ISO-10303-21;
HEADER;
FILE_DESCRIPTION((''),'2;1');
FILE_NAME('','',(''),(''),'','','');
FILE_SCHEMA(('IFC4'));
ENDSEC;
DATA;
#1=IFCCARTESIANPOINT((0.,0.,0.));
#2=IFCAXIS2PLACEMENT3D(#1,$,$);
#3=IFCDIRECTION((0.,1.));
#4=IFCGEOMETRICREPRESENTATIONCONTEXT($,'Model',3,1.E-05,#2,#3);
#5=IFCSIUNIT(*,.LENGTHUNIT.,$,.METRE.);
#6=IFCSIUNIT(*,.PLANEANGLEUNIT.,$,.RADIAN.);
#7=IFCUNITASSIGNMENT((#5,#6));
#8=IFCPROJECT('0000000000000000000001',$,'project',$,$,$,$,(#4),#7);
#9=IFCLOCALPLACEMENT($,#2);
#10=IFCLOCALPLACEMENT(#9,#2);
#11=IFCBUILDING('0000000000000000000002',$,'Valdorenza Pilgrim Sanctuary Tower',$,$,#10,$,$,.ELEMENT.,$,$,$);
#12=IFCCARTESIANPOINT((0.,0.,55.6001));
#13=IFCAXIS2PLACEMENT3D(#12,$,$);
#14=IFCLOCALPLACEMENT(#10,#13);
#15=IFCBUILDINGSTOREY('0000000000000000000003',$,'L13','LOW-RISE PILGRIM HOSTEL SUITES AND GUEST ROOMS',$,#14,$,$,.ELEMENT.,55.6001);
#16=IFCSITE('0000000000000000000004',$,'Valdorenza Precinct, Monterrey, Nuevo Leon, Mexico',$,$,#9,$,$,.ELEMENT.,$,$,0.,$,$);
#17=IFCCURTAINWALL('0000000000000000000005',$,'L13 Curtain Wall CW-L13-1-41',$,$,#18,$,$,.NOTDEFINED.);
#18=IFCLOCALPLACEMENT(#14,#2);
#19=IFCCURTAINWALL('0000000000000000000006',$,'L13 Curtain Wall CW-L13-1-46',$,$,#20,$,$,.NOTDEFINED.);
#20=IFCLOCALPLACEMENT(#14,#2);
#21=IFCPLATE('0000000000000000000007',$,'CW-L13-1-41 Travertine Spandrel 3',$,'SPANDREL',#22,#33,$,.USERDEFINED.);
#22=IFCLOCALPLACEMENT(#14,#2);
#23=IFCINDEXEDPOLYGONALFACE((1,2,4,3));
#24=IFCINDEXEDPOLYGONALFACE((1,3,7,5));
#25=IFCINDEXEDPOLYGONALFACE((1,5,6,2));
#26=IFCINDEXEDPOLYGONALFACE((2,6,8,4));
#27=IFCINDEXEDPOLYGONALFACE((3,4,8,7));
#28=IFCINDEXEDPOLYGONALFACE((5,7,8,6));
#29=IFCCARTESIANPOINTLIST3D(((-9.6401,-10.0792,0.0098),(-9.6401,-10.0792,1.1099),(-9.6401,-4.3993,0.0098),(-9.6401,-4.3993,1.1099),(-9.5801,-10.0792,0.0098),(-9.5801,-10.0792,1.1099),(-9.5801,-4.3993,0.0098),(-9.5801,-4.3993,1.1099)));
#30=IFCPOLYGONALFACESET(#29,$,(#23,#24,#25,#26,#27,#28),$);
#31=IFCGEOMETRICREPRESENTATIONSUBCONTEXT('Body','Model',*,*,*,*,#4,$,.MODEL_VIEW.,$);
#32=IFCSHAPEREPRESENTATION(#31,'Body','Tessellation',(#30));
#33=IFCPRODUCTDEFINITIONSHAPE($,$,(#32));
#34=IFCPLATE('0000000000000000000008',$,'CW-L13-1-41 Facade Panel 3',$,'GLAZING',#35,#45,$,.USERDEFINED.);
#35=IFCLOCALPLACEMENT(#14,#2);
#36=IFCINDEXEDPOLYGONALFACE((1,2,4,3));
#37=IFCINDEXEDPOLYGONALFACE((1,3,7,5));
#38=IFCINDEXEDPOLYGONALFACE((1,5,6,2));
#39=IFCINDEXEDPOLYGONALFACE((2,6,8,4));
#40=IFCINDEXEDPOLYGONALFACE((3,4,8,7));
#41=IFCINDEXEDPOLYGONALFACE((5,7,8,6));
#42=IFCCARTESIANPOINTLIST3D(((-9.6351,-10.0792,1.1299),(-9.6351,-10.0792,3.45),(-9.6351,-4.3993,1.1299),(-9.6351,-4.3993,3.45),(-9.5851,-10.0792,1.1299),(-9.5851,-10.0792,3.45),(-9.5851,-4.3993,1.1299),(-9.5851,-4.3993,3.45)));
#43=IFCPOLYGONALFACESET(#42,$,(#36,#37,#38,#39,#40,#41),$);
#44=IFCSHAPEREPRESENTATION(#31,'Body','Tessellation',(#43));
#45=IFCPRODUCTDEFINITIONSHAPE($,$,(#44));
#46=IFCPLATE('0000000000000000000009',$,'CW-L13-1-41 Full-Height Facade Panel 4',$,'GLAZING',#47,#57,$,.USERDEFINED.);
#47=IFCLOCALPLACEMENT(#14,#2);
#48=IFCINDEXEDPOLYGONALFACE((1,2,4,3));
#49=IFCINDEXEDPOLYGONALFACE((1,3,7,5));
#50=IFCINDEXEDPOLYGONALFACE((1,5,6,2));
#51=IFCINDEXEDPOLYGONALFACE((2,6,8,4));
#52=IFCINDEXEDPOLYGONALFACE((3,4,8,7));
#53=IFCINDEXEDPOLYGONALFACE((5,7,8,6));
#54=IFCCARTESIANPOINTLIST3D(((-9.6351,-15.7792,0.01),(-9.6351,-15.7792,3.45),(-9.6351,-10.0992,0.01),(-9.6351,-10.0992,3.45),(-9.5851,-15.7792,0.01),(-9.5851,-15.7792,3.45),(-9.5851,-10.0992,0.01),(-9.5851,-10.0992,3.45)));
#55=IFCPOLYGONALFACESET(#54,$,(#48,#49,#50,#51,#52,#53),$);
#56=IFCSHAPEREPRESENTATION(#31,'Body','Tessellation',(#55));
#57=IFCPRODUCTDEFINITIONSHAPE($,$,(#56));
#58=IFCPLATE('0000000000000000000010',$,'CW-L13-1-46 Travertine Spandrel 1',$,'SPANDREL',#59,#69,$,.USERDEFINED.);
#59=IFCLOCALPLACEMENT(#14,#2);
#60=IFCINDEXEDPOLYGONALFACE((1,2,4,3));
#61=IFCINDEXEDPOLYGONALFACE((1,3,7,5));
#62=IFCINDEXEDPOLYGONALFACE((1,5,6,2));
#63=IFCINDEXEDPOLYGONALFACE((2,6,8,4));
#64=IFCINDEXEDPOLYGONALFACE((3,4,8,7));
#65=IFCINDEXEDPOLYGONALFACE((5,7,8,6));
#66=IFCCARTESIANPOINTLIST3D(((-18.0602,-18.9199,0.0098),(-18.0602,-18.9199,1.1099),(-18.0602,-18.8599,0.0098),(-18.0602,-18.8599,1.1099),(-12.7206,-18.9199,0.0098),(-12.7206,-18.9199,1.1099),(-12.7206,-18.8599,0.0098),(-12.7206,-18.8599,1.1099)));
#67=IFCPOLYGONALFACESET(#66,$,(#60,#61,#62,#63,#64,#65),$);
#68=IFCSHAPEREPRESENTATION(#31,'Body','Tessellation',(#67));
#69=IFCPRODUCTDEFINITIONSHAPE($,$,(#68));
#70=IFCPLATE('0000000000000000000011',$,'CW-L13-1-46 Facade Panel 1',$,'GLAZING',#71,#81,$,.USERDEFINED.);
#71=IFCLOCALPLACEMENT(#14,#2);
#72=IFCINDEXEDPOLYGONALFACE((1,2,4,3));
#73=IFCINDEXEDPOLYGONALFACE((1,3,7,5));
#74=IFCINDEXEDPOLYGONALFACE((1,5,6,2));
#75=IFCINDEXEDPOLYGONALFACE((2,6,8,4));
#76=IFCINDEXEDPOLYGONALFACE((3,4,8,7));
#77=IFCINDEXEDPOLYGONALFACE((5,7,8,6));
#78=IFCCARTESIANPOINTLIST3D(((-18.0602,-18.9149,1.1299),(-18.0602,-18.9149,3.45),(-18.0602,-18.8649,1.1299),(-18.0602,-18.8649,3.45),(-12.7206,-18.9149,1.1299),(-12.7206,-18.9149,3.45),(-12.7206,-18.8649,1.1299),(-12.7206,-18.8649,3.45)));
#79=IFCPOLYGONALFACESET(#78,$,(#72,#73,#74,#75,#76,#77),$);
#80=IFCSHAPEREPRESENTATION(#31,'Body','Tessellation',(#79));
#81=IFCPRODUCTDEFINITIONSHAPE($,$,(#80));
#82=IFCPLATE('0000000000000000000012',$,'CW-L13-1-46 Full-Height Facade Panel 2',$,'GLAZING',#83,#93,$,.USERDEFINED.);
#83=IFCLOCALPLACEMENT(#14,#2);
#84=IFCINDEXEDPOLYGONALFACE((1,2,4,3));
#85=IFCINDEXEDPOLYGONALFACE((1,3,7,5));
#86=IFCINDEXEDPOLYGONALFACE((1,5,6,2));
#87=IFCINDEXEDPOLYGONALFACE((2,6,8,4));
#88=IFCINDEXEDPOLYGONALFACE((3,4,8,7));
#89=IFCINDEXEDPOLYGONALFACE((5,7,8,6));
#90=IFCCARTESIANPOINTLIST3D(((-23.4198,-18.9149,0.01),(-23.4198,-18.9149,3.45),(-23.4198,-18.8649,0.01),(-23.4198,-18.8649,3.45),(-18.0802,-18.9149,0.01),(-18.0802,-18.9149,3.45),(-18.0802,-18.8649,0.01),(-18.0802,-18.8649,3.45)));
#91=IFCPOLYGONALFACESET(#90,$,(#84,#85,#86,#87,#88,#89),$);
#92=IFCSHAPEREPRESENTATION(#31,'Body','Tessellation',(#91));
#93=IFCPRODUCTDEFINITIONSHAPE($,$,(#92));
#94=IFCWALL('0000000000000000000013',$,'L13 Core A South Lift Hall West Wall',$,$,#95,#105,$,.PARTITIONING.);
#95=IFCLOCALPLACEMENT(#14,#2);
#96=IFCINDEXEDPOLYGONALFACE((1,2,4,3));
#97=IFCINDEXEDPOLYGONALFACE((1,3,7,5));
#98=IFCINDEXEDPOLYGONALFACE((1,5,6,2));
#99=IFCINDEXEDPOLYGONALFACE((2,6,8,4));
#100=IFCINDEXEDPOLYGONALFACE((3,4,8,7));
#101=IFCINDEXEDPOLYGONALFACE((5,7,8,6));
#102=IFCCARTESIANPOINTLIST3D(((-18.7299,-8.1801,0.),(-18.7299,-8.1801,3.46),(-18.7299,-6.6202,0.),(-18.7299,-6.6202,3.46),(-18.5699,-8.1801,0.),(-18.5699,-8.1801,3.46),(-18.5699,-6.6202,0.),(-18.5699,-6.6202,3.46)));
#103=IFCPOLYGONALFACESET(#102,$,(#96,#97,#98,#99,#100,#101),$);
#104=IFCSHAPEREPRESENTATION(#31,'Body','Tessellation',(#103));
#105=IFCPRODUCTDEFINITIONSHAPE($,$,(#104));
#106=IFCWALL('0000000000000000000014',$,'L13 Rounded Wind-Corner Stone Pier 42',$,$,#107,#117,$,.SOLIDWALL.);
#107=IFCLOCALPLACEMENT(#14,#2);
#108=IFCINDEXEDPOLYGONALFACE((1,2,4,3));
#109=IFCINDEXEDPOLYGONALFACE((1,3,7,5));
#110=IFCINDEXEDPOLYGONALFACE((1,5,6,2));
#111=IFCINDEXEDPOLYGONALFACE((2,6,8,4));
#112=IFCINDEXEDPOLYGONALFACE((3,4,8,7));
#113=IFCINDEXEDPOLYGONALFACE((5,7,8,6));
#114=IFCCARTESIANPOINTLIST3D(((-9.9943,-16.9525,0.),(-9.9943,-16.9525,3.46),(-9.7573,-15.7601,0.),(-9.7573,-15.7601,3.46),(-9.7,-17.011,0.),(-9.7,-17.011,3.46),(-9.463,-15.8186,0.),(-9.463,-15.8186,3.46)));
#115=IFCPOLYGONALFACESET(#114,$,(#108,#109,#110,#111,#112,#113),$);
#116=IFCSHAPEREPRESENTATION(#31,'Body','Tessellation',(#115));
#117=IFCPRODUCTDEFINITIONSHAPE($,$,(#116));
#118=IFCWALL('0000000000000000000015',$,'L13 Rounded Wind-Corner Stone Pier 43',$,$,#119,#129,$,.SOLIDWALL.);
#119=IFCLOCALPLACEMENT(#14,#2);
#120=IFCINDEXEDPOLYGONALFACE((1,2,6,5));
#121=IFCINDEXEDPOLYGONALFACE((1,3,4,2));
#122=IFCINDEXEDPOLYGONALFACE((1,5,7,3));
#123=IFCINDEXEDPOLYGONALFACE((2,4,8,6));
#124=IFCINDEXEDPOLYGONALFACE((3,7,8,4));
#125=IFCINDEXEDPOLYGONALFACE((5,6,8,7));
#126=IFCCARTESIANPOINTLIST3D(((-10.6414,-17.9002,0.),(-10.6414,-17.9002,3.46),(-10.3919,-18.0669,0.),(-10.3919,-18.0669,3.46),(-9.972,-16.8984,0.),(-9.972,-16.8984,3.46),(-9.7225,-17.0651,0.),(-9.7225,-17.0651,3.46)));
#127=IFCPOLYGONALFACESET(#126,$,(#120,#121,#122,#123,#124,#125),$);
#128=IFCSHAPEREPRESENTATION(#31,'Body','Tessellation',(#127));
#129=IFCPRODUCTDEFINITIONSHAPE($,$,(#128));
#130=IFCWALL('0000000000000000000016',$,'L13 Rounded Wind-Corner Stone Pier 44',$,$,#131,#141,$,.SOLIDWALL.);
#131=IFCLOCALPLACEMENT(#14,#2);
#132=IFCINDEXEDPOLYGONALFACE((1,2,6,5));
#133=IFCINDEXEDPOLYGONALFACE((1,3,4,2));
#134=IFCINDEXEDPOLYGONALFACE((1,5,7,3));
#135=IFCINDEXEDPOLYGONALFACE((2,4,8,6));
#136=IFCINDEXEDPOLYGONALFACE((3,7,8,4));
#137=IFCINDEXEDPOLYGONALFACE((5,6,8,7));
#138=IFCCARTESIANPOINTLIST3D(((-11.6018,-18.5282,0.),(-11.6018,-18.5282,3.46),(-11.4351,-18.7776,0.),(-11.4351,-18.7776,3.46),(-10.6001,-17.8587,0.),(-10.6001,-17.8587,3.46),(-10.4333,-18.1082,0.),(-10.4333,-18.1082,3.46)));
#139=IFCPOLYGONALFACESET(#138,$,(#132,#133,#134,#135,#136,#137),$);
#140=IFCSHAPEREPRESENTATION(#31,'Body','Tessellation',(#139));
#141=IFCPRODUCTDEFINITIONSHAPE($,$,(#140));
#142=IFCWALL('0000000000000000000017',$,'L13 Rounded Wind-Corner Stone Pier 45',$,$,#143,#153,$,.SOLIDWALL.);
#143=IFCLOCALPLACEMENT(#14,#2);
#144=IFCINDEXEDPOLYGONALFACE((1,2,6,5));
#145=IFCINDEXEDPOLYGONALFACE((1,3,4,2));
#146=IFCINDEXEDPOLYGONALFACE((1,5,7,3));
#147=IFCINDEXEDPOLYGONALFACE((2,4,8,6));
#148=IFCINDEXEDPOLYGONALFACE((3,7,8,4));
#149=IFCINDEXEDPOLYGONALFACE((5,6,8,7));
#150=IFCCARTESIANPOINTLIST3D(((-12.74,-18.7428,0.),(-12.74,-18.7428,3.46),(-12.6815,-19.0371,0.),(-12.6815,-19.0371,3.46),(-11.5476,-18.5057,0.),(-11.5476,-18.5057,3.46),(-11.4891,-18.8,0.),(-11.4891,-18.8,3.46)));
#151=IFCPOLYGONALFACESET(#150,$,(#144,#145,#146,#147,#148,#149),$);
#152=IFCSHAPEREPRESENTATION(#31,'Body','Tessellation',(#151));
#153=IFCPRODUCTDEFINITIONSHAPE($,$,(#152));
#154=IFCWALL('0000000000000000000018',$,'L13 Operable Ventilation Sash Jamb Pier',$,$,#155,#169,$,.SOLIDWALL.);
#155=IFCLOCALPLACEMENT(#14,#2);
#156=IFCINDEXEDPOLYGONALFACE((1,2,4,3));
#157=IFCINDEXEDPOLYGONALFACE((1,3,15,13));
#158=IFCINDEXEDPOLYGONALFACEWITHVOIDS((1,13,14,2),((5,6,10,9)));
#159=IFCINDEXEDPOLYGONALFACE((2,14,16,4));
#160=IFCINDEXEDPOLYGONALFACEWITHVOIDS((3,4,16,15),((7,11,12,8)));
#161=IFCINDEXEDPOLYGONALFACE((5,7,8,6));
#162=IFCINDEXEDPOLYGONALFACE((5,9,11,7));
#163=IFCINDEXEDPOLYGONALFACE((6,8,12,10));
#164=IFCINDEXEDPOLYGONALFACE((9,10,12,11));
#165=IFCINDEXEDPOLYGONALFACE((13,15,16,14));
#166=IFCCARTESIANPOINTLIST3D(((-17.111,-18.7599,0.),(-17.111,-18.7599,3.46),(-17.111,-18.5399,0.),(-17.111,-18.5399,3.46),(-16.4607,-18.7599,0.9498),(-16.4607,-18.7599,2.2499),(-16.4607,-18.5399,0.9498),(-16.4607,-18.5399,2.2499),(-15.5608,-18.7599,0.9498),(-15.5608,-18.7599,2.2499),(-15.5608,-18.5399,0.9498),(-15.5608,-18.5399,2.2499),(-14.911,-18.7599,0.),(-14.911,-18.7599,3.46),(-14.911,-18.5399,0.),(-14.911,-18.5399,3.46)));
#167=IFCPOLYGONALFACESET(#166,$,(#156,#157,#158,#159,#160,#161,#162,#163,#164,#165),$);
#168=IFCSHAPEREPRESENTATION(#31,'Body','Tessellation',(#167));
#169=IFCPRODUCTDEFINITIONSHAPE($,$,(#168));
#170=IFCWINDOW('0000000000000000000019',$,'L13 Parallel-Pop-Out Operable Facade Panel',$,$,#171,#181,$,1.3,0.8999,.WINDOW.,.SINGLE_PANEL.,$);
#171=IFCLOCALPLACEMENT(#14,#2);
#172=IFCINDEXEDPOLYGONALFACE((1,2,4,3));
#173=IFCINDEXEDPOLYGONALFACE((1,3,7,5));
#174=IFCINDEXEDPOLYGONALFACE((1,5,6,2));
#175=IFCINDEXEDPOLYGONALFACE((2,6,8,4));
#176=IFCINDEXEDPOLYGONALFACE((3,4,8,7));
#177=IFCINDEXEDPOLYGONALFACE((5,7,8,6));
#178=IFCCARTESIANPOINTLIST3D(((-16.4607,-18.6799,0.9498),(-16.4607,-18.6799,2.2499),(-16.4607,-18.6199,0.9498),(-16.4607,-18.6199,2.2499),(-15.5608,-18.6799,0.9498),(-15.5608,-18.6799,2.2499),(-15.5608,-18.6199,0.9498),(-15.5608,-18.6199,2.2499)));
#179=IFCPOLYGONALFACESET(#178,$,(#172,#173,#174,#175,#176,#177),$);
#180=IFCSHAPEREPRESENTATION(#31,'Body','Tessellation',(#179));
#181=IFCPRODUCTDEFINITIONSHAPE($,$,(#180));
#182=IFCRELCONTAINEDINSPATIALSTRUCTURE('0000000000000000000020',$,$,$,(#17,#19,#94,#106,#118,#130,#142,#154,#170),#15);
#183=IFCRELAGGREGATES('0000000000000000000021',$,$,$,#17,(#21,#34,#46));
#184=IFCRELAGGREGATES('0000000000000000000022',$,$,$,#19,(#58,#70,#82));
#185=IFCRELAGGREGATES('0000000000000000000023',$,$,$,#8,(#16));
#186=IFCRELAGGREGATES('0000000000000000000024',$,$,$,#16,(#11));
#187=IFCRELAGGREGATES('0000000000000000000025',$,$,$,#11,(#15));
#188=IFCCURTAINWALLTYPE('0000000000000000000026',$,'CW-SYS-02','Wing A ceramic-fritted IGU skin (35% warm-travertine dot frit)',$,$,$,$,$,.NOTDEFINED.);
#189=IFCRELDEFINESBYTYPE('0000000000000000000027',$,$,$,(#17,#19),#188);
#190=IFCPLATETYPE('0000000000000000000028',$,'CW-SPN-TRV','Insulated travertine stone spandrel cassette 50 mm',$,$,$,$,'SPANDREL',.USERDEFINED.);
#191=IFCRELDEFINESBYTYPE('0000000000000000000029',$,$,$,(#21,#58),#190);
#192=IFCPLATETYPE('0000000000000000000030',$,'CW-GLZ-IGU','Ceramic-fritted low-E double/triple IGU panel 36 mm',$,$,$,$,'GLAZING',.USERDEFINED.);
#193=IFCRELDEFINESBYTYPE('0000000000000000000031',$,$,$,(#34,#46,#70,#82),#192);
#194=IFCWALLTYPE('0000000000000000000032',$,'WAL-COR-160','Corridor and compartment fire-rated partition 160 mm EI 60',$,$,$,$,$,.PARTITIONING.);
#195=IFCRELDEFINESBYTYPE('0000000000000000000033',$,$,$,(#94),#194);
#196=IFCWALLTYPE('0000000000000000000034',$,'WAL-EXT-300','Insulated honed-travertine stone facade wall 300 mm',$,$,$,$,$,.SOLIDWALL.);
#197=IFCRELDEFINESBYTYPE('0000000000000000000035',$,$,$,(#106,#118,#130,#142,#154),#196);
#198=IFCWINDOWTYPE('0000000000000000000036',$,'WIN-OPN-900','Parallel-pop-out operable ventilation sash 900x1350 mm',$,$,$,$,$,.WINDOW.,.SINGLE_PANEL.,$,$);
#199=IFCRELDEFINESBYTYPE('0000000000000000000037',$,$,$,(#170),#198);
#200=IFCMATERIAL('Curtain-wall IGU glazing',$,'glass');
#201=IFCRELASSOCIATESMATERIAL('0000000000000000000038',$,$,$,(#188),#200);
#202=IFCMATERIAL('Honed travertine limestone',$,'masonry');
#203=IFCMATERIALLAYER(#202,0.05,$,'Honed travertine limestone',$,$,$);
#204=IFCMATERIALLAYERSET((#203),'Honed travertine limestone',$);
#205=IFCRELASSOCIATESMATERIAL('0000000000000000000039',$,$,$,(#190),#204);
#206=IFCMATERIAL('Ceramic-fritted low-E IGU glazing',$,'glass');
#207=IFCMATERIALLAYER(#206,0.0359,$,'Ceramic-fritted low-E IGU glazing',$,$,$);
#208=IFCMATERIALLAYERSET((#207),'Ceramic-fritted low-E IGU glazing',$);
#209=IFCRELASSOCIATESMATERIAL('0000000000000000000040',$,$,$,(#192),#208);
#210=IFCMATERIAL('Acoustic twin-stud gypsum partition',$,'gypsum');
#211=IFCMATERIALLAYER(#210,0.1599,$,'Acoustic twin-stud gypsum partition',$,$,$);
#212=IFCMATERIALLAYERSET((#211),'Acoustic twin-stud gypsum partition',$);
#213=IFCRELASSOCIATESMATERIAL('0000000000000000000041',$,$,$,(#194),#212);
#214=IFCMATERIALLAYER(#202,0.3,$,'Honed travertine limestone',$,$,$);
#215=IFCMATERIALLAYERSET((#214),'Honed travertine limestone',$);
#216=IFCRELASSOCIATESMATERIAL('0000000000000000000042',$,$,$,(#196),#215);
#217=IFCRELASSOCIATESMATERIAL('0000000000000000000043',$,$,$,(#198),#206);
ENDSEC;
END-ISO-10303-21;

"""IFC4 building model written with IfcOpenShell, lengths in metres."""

from ifc_helpers import new_model, si_unit, direction, frame, frame_2d, origin, origin_2d, place, context, subcontext, project, spatial, rectangle, extrude, source, transform, mapped, material, layer, layer_set, type_object, element, fill, aggregate, save


model = new_model("IFC4")

# Units and contexts
model_context = context("Model", 3, precision=1e-05, world=origin(), true_north=direction((0.0, 1.0)))
body_context = subcontext(model_context, "Body", "Model", "MODEL_VIEW")
ifc_project = project(units=[si_unit("LENGTHUNIT", "METRE"), si_unit("PLANEANGLEUNIT", "RADIAN")], contexts=[model_context])

# Site, building, storey
site_placement = place(None, origin())
site = spatial("IfcSite", under=ifc_project, at=site_placement, Name="Valdorenza Precinct, Monterrey, Nuevo Leon, Mexico", CompositionType="ELEMENT", RefElevation=0.0)
building_placement = place(site_placement, origin())
building = spatial("IfcBuilding", under=site, at=building_placement, Name="Valdorenza Pilgrim Sanctuary Tower", CompositionType="ELEMENT")
storey_placement = place(building_placement, frame((0.0, 0.0, 55.6001)))
storey = spatial("IfcBuildingStorey", under=building, at=storey_placement, Name="L13", Description="LOW-RISE PILGRIM HOSTEL SUITES AND GUEST ROOMS", CompositionType="ELEMENT", Elevation=55.6001)

# Curtain walls
ifc_material_1 = material(Name="Curtain-wall IGU glazing", Category="glass")
curtain_wall_type = type_object("IfcCurtainWallType", Name="CW-SYS-02", Description="Wing A ceramic-fritted IGU skin (35% warm-travertine dot frit)", PredefinedType="NOTDEFINED", material=ifc_material_1)
curtain_wall_1_placement = place(storey_placement, origin())
curtain_wall_1 = element("IfcCurtainWall", 1, at=curtain_wall_1_placement, inside=storey, type_object=curtain_wall_type, Name="L13 Curtain Wall CW-L13-1-41", PredefinedType="NOTDEFINED")
curtain_wall_2_placement = place(storey_placement, origin())
curtain_wall_2 = element("IfcCurtainWall", 2, at=curtain_wall_2_placement, inside=storey, type_object=curtain_wall_type, Name="L13 Curtain Wall CW-L13-1-46", PredefinedType="NOTDEFINED")

# Plates
ifc_material_2 = material(Name="Honed travertine limestone", Category="masonry")
ifc_layer_1 = layer(ifc_material_2, 0.05, Name="Honed travertine limestone")
ifc_layer_set_1 = layer_set([ifc_layer_1], Name="Honed travertine limestone")
plate_type_1 = type_object("IfcPlateType", Name="CW-SPN-TRV", Description="Insulated travertine stone spandrel cassette 50 mm", ElementType="SPANDREL", PredefinedType="USERDEFINED", material=ifc_layer_set_1)
shared_shape_1 = source(origin(), body_context, "Body", "SweptSolid", [
    extrude(rectangle(XDim=5.6799, YDim=0.0601, at=origin_2d()), origin(), (0.0, 0.0, 1.0), 1.1001),
])
plate_1_placement = place(storey_placement, frame((-9.6101, -7.2393, 0.0098), z_axis=(0.0, 0.0, 1.0), x_axis=(0.0, -1.0, 0.0)))
plate_1 = element("IfcPlate", 3, at=plate_1_placement, type_object=plate_type_1, Name="CW-L13-1-41 Travertine Spandrel 3", ObjectType="SPANDREL", PredefinedType="USERDEFINED", context=body_context, shape_type="MappedRepresentation", body=[
    mapped(shared_shape_1, transform((0.0, 0.0, 0.0), x_axis=(1.0, 0.0, 0.0), y_axis=(0.0, 1.0, 0.0), z_axis=(0.0, 0.0, 1.0), scale=1.0)),
])
ifc_material_3 = material(Name="Ceramic-fritted low-E IGU glazing", Category="glass")
ifc_layer_2 = layer(ifc_material_3, 0.0359, Name="Ceramic-fritted low-E IGU glazing")
ifc_layer_set_2 = layer_set([ifc_layer_2], Name="Ceramic-fritted low-E IGU glazing")
plate_type_2 = type_object("IfcPlateType", Name="CW-GLZ-IGU", Description="Ceramic-fritted low-E double/triple IGU panel 36 mm", ElementType="GLAZING", PredefinedType="USERDEFINED", material=ifc_layer_set_2)
shared_shape_2 = source(origin(), body_context, "Body", "SweptSolid", [
    extrude(rectangle(XDim=5.6799, YDim=0.05, at=origin_2d()), origin(), (0.0, 0.0, 1.0), 2.3201),
])
plate_2_placement = place(storey_placement, frame((-9.6101, -7.2393, 1.1299), z_axis=(0.0, 0.0, 1.0), x_axis=(0.0, -1.0, 0.0)))
plate_2 = element("IfcPlate", 4, at=plate_2_placement, type_object=plate_type_2, Name="CW-L13-1-41 Facade Panel 3", ObjectType="GLAZING", PredefinedType="USERDEFINED", context=body_context, shape_type="MappedRepresentation", body=[
    mapped(shared_shape_2, transform((0.0, 0.0, 0.0), x_axis=(1.0, 0.0, 0.0), y_axis=(0.0, 1.0, 0.0), z_axis=(0.0, 0.0, 1.0), scale=1.0)),
])
shared_shape_3 = source(origin(), body_context, "Body", "SweptSolid", [
    extrude(rectangle(XDim=5.6799, YDim=0.05, at=origin_2d()), origin(), (0.0, 0.0, 1.0), 3.4399),
])
plate_3_placement = place(storey_placement, frame((-9.6101, -12.9392, 0.01), z_axis=(0.0, 0.0, 1.0), x_axis=(0.0, -1.0, 0.0)))
plate_3 = element("IfcPlate", 5, at=plate_3_placement, type_object=plate_type_2, Name="CW-L13-1-41 Full-Height Facade Panel 4", ObjectType="GLAZING", PredefinedType="USERDEFINED", context=body_context, shape_type="MappedRepresentation", body=[
    mapped(shared_shape_3, transform((0.0, 0.0, 0.0), x_axis=(1.0, 0.0, 0.0), y_axis=(0.0, 1.0, 0.0), z_axis=(0.0, 0.0, 1.0), scale=1.0)),
])
aggregate(curtain_wall_1, [plate_1, plate_2, plate_3])
shared_shape_4 = source(origin(), body_context, "Body", "SweptSolid", [
    extrude(rectangle(XDim=5.3396, YDim=0.0601, at=origin_2d()), origin(), (0.0, 0.0, 1.0), 1.1001),
])
plate_4_placement = place(storey_placement, frame((-15.3904, -18.8899, 0.0098), z_axis=(0.0, 0.0, 1.0), x_axis=(-1.0, 0.0, 0.0)))
plate_4 = element("IfcPlate", 6, at=plate_4_placement, type_object=plate_type_1, Name="CW-L13-1-46 Travertine Spandrel 1", ObjectType="SPANDREL", PredefinedType="USERDEFINED", context=body_context, shape_type="MappedRepresentation", body=[
    mapped(shared_shape_4, transform((0.0, 0.0, 0.0), x_axis=(1.0, 0.0, 0.0), y_axis=(0.0, 1.0, 0.0), z_axis=(0.0, 0.0, 1.0), scale=1.0)),
])
shared_shape_5 = source(origin(), body_context, "Body", "SweptSolid", [
    extrude(rectangle(XDim=5.3396, YDim=0.05, at=origin_2d()), origin(), (0.0, 0.0, 1.0), 2.3201),
])
plate_5_placement = place(storey_placement, frame((-15.3904, -18.8899, 1.1299), z_axis=(0.0, 0.0, 1.0), x_axis=(-1.0, 0.0, 0.0)))
plate_5 = element("IfcPlate", 7, at=plate_5_placement, type_object=plate_type_2, Name="CW-L13-1-46 Facade Panel 1", ObjectType="GLAZING", PredefinedType="USERDEFINED", context=body_context, shape_type="MappedRepresentation", body=[
    mapped(shared_shape_5, transform((0.0, 0.0, 0.0), x_axis=(1.0, 0.0, 0.0), y_axis=(0.0, 1.0, 0.0), z_axis=(0.0, 0.0, 1.0), scale=1.0)),
])
shared_shape_6 = source(origin(), body_context, "Body", "SweptSolid", [
    extrude(rectangle(XDim=5.3396, YDim=0.05, at=origin_2d()), origin(), (0.0, 0.0, 1.0), 3.4399),
])
plate_6_placement = place(storey_placement, frame((-20.75, -18.8899, 0.01), z_axis=(0.0, 0.0, 1.0), x_axis=(-1.0, 0.0, 0.0)))
plate_6 = element("IfcPlate", 8, at=plate_6_placement, type_object=plate_type_2, Name="CW-L13-1-46 Full-Height Facade Panel 2", ObjectType="GLAZING", PredefinedType="USERDEFINED", context=body_context, shape_type="MappedRepresentation", body=[
    mapped(shared_shape_6, transform((0.0, 0.0, 0.0), x_axis=(1.0, 0.0, 0.0), y_axis=(0.0, 1.0, 0.0), z_axis=(0.0, 0.0, 1.0), scale=1.0)),
])
aggregate(curtain_wall_2, [plate_4, plate_5, plate_6])

# Walls
ifc_material_4 = material(Name="Acoustic twin-stud gypsum partition", Category="gypsum")
ifc_layer_3 = layer(ifc_material_4, 0.1599, Name="Acoustic twin-stud gypsum partition")
ifc_layer_set_3 = layer_set([ifc_layer_3], Name="Acoustic twin-stud gypsum partition")
wall_type_1 = type_object("IfcWallType", Name="WAL-COR-160", Description="Corridor and compartment fire-rated partition 160 mm EI 60", PredefinedType="PARTITIONING", material=ifc_layer_set_3)
wall_1_placement = place(storey_placement, frame((-18.6499, -8.1799, 0.0), z_axis=(0.0, 0.0, 1.0), x_axis=(0.0, 1.0, 0.0)))
element("IfcWall", 9, at=wall_1_placement, inside=storey, type_object=wall_type_1, Name="L13 Core A South Lift Hall West Wall", PredefinedType="PARTITIONING", context=body_context, shape_type="SweptSolid", body=[
    extrude(rectangle(XDim=1.5598, YDim=0.1599, at=frame_2d((0.7798, 0.0))), origin(), (0.0, 0.0, 1.0), 3.46),
])
ifc_layer_4 = layer(ifc_material_2, 0.3, Name="Honed travertine limestone")
ifc_layer_set_4 = layer_set([ifc_layer_4], Name="Honed travertine limestone")
wall_type_2 = type_object("IfcWallType", Name="WAL-EXT-300", Description="Insulated honed-travertine stone facade wall 300 mm", PredefinedType="SOLIDWALL", material=ifc_layer_set_4)
wall_2_placement = place(storey_placement, frame((-9.6101, -15.7893, 0.0), z_axis=(0.0, 0.0, 1.0), x_axis=(-0.194996, -0.980804, 0.0)))
element("IfcWall", 10, at=wall_2_placement, inside=storey, type_object=wall_type_2, Name="L13 Rounded Wind-Corner Stone Pier 42", PredefinedType="SOLIDWALL", context=body_context, shape_type="SweptSolid", body=[
    extrude(rectangle(XDim=1.2158, YDim=0.3, at=frame_2d((0.6079, 0.0))), origin(), (0.0, 0.0, 1.0), 3.46),
])
for number, where, z_axis, x_axis, name in (
    (11, (-9.8472, -16.9817, 0.0), (0.0, 0.0, 1.0), (-0.555635, -0.831426, 0.0), "L13 Rounded Wind-Corner Stone Pier 43"),
    (12, (-10.5166, -17.9834, 0.0), (0.0, 0.0, 1.0), (-0.831426, -0.555635, 0.0), "L13 Rounded Wind-Corner Stone Pier 44"),
):
    element("IfcWall", number, at=place(storey_placement, frame(where, z_axis=z_axis, x_axis=x_axis)), inside=storey, type_object=wall_type_2, Name=name, PredefinedType="SOLIDWALL", context=body_context, shape_type="SweptSolid", body=[
        extrude(rectangle(XDim=1.2048, YDim=0.3, at=frame_2d((0.6025, 0.0))), origin(), (0.0, 0.0, 1.0), 3.46),
    ])
wall_3_placement = place(storey_placement, frame((-11.5183, -18.6528, 0.0), z_axis=(0.0, 0.0, 1.0), x_axis=(-0.980804, -0.194996, 0.0)))
element("IfcWall", 13, at=wall_3_placement, inside=storey, type_object=wall_type_2, Name="L13 Rounded Wind-Corner Stone Pier 45", PredefinedType="SOLIDWALL", context=body_context, shape_type="SweptSolid", body=[
    extrude(rectangle(XDim=1.2158, YDim=0.3, at=frame_2d((0.6079, 0.0))), origin(), (0.0, 0.0, 1.0), 3.46),
])

# Wall, opening, window
wall_4_placement = place(storey_placement, frame((-14.9109, -18.6499, 0.0), z_axis=(0.0, 0.0, 1.0), x_axis=(-1.0, 0.0, 0.0)))
wall_4 = element("IfcWall", 14, at=wall_4_placement, inside=storey, type_object=wall_type_2, Name="L13 Operable Ventilation Sash Jamb Pier", PredefinedType="SOLIDWALL", context=body_context, shape_type="SweptSolid", body=[
    extrude(rectangle(XDim=2.2, YDim=0.22, at=frame_2d((1.1001, 0.0))), origin(), (0.0, 0.0, 1.0), 3.46),
])
opening_1_placement = place(wall_4_placement, frame((0.6499, 0.0, 0.95)))
opening_1 = element("IfcOpeningElement", 15, at=opening_1_placement, cuts=wall_4, PredefinedType="OPENING", context=body_context, shape_type="SweptSolid", body=[
    extrude(rectangle(XDim=0.8999, YDim=1.3, at=frame_2d((0.45, 0.6499))), frame((0.0, 0.125, 0.0), z_axis=(0.0, -1.0, 0.0), x_axis=(1.0, 0.0, 0.0)), (0.0, 0.0, 1.0), 0.2498),
])
window_type = type_object("IfcWindowType", Name="WIN-OPN-900", Description="Parallel-pop-out operable ventilation sash 900x1350 mm", PartitioningType="SINGLE_PANEL", PredefinedType="WINDOW", material=ifc_material_3)
window_placement = place(opening_1_placement, origin())
window = element("IfcWindow", 16, at=window_placement, inside=storey, type_object=window_type, Name="L13 Parallel-Pop-Out Operable Facade Panel", OverallHeight=1.3, OverallWidth=0.8999, PartitioningType="SINGLE_PANEL", PredefinedType="WINDOW", context=body_context, shape_type="SweptSolid", body=[
    extrude(rectangle(XDim=0.8999, YDim=1.3, at=frame_2d((0.45, 0.6499))), frame((0.0, 0.03, 0.0), z_axis=(0.0, -1.0, 0.0), x_axis=(1.0, 0.0, 0.0)), (0.0, 0.0, 1.0), 0.0601),
])
fill(opening_1, window)

save(model, "model.ifc")
